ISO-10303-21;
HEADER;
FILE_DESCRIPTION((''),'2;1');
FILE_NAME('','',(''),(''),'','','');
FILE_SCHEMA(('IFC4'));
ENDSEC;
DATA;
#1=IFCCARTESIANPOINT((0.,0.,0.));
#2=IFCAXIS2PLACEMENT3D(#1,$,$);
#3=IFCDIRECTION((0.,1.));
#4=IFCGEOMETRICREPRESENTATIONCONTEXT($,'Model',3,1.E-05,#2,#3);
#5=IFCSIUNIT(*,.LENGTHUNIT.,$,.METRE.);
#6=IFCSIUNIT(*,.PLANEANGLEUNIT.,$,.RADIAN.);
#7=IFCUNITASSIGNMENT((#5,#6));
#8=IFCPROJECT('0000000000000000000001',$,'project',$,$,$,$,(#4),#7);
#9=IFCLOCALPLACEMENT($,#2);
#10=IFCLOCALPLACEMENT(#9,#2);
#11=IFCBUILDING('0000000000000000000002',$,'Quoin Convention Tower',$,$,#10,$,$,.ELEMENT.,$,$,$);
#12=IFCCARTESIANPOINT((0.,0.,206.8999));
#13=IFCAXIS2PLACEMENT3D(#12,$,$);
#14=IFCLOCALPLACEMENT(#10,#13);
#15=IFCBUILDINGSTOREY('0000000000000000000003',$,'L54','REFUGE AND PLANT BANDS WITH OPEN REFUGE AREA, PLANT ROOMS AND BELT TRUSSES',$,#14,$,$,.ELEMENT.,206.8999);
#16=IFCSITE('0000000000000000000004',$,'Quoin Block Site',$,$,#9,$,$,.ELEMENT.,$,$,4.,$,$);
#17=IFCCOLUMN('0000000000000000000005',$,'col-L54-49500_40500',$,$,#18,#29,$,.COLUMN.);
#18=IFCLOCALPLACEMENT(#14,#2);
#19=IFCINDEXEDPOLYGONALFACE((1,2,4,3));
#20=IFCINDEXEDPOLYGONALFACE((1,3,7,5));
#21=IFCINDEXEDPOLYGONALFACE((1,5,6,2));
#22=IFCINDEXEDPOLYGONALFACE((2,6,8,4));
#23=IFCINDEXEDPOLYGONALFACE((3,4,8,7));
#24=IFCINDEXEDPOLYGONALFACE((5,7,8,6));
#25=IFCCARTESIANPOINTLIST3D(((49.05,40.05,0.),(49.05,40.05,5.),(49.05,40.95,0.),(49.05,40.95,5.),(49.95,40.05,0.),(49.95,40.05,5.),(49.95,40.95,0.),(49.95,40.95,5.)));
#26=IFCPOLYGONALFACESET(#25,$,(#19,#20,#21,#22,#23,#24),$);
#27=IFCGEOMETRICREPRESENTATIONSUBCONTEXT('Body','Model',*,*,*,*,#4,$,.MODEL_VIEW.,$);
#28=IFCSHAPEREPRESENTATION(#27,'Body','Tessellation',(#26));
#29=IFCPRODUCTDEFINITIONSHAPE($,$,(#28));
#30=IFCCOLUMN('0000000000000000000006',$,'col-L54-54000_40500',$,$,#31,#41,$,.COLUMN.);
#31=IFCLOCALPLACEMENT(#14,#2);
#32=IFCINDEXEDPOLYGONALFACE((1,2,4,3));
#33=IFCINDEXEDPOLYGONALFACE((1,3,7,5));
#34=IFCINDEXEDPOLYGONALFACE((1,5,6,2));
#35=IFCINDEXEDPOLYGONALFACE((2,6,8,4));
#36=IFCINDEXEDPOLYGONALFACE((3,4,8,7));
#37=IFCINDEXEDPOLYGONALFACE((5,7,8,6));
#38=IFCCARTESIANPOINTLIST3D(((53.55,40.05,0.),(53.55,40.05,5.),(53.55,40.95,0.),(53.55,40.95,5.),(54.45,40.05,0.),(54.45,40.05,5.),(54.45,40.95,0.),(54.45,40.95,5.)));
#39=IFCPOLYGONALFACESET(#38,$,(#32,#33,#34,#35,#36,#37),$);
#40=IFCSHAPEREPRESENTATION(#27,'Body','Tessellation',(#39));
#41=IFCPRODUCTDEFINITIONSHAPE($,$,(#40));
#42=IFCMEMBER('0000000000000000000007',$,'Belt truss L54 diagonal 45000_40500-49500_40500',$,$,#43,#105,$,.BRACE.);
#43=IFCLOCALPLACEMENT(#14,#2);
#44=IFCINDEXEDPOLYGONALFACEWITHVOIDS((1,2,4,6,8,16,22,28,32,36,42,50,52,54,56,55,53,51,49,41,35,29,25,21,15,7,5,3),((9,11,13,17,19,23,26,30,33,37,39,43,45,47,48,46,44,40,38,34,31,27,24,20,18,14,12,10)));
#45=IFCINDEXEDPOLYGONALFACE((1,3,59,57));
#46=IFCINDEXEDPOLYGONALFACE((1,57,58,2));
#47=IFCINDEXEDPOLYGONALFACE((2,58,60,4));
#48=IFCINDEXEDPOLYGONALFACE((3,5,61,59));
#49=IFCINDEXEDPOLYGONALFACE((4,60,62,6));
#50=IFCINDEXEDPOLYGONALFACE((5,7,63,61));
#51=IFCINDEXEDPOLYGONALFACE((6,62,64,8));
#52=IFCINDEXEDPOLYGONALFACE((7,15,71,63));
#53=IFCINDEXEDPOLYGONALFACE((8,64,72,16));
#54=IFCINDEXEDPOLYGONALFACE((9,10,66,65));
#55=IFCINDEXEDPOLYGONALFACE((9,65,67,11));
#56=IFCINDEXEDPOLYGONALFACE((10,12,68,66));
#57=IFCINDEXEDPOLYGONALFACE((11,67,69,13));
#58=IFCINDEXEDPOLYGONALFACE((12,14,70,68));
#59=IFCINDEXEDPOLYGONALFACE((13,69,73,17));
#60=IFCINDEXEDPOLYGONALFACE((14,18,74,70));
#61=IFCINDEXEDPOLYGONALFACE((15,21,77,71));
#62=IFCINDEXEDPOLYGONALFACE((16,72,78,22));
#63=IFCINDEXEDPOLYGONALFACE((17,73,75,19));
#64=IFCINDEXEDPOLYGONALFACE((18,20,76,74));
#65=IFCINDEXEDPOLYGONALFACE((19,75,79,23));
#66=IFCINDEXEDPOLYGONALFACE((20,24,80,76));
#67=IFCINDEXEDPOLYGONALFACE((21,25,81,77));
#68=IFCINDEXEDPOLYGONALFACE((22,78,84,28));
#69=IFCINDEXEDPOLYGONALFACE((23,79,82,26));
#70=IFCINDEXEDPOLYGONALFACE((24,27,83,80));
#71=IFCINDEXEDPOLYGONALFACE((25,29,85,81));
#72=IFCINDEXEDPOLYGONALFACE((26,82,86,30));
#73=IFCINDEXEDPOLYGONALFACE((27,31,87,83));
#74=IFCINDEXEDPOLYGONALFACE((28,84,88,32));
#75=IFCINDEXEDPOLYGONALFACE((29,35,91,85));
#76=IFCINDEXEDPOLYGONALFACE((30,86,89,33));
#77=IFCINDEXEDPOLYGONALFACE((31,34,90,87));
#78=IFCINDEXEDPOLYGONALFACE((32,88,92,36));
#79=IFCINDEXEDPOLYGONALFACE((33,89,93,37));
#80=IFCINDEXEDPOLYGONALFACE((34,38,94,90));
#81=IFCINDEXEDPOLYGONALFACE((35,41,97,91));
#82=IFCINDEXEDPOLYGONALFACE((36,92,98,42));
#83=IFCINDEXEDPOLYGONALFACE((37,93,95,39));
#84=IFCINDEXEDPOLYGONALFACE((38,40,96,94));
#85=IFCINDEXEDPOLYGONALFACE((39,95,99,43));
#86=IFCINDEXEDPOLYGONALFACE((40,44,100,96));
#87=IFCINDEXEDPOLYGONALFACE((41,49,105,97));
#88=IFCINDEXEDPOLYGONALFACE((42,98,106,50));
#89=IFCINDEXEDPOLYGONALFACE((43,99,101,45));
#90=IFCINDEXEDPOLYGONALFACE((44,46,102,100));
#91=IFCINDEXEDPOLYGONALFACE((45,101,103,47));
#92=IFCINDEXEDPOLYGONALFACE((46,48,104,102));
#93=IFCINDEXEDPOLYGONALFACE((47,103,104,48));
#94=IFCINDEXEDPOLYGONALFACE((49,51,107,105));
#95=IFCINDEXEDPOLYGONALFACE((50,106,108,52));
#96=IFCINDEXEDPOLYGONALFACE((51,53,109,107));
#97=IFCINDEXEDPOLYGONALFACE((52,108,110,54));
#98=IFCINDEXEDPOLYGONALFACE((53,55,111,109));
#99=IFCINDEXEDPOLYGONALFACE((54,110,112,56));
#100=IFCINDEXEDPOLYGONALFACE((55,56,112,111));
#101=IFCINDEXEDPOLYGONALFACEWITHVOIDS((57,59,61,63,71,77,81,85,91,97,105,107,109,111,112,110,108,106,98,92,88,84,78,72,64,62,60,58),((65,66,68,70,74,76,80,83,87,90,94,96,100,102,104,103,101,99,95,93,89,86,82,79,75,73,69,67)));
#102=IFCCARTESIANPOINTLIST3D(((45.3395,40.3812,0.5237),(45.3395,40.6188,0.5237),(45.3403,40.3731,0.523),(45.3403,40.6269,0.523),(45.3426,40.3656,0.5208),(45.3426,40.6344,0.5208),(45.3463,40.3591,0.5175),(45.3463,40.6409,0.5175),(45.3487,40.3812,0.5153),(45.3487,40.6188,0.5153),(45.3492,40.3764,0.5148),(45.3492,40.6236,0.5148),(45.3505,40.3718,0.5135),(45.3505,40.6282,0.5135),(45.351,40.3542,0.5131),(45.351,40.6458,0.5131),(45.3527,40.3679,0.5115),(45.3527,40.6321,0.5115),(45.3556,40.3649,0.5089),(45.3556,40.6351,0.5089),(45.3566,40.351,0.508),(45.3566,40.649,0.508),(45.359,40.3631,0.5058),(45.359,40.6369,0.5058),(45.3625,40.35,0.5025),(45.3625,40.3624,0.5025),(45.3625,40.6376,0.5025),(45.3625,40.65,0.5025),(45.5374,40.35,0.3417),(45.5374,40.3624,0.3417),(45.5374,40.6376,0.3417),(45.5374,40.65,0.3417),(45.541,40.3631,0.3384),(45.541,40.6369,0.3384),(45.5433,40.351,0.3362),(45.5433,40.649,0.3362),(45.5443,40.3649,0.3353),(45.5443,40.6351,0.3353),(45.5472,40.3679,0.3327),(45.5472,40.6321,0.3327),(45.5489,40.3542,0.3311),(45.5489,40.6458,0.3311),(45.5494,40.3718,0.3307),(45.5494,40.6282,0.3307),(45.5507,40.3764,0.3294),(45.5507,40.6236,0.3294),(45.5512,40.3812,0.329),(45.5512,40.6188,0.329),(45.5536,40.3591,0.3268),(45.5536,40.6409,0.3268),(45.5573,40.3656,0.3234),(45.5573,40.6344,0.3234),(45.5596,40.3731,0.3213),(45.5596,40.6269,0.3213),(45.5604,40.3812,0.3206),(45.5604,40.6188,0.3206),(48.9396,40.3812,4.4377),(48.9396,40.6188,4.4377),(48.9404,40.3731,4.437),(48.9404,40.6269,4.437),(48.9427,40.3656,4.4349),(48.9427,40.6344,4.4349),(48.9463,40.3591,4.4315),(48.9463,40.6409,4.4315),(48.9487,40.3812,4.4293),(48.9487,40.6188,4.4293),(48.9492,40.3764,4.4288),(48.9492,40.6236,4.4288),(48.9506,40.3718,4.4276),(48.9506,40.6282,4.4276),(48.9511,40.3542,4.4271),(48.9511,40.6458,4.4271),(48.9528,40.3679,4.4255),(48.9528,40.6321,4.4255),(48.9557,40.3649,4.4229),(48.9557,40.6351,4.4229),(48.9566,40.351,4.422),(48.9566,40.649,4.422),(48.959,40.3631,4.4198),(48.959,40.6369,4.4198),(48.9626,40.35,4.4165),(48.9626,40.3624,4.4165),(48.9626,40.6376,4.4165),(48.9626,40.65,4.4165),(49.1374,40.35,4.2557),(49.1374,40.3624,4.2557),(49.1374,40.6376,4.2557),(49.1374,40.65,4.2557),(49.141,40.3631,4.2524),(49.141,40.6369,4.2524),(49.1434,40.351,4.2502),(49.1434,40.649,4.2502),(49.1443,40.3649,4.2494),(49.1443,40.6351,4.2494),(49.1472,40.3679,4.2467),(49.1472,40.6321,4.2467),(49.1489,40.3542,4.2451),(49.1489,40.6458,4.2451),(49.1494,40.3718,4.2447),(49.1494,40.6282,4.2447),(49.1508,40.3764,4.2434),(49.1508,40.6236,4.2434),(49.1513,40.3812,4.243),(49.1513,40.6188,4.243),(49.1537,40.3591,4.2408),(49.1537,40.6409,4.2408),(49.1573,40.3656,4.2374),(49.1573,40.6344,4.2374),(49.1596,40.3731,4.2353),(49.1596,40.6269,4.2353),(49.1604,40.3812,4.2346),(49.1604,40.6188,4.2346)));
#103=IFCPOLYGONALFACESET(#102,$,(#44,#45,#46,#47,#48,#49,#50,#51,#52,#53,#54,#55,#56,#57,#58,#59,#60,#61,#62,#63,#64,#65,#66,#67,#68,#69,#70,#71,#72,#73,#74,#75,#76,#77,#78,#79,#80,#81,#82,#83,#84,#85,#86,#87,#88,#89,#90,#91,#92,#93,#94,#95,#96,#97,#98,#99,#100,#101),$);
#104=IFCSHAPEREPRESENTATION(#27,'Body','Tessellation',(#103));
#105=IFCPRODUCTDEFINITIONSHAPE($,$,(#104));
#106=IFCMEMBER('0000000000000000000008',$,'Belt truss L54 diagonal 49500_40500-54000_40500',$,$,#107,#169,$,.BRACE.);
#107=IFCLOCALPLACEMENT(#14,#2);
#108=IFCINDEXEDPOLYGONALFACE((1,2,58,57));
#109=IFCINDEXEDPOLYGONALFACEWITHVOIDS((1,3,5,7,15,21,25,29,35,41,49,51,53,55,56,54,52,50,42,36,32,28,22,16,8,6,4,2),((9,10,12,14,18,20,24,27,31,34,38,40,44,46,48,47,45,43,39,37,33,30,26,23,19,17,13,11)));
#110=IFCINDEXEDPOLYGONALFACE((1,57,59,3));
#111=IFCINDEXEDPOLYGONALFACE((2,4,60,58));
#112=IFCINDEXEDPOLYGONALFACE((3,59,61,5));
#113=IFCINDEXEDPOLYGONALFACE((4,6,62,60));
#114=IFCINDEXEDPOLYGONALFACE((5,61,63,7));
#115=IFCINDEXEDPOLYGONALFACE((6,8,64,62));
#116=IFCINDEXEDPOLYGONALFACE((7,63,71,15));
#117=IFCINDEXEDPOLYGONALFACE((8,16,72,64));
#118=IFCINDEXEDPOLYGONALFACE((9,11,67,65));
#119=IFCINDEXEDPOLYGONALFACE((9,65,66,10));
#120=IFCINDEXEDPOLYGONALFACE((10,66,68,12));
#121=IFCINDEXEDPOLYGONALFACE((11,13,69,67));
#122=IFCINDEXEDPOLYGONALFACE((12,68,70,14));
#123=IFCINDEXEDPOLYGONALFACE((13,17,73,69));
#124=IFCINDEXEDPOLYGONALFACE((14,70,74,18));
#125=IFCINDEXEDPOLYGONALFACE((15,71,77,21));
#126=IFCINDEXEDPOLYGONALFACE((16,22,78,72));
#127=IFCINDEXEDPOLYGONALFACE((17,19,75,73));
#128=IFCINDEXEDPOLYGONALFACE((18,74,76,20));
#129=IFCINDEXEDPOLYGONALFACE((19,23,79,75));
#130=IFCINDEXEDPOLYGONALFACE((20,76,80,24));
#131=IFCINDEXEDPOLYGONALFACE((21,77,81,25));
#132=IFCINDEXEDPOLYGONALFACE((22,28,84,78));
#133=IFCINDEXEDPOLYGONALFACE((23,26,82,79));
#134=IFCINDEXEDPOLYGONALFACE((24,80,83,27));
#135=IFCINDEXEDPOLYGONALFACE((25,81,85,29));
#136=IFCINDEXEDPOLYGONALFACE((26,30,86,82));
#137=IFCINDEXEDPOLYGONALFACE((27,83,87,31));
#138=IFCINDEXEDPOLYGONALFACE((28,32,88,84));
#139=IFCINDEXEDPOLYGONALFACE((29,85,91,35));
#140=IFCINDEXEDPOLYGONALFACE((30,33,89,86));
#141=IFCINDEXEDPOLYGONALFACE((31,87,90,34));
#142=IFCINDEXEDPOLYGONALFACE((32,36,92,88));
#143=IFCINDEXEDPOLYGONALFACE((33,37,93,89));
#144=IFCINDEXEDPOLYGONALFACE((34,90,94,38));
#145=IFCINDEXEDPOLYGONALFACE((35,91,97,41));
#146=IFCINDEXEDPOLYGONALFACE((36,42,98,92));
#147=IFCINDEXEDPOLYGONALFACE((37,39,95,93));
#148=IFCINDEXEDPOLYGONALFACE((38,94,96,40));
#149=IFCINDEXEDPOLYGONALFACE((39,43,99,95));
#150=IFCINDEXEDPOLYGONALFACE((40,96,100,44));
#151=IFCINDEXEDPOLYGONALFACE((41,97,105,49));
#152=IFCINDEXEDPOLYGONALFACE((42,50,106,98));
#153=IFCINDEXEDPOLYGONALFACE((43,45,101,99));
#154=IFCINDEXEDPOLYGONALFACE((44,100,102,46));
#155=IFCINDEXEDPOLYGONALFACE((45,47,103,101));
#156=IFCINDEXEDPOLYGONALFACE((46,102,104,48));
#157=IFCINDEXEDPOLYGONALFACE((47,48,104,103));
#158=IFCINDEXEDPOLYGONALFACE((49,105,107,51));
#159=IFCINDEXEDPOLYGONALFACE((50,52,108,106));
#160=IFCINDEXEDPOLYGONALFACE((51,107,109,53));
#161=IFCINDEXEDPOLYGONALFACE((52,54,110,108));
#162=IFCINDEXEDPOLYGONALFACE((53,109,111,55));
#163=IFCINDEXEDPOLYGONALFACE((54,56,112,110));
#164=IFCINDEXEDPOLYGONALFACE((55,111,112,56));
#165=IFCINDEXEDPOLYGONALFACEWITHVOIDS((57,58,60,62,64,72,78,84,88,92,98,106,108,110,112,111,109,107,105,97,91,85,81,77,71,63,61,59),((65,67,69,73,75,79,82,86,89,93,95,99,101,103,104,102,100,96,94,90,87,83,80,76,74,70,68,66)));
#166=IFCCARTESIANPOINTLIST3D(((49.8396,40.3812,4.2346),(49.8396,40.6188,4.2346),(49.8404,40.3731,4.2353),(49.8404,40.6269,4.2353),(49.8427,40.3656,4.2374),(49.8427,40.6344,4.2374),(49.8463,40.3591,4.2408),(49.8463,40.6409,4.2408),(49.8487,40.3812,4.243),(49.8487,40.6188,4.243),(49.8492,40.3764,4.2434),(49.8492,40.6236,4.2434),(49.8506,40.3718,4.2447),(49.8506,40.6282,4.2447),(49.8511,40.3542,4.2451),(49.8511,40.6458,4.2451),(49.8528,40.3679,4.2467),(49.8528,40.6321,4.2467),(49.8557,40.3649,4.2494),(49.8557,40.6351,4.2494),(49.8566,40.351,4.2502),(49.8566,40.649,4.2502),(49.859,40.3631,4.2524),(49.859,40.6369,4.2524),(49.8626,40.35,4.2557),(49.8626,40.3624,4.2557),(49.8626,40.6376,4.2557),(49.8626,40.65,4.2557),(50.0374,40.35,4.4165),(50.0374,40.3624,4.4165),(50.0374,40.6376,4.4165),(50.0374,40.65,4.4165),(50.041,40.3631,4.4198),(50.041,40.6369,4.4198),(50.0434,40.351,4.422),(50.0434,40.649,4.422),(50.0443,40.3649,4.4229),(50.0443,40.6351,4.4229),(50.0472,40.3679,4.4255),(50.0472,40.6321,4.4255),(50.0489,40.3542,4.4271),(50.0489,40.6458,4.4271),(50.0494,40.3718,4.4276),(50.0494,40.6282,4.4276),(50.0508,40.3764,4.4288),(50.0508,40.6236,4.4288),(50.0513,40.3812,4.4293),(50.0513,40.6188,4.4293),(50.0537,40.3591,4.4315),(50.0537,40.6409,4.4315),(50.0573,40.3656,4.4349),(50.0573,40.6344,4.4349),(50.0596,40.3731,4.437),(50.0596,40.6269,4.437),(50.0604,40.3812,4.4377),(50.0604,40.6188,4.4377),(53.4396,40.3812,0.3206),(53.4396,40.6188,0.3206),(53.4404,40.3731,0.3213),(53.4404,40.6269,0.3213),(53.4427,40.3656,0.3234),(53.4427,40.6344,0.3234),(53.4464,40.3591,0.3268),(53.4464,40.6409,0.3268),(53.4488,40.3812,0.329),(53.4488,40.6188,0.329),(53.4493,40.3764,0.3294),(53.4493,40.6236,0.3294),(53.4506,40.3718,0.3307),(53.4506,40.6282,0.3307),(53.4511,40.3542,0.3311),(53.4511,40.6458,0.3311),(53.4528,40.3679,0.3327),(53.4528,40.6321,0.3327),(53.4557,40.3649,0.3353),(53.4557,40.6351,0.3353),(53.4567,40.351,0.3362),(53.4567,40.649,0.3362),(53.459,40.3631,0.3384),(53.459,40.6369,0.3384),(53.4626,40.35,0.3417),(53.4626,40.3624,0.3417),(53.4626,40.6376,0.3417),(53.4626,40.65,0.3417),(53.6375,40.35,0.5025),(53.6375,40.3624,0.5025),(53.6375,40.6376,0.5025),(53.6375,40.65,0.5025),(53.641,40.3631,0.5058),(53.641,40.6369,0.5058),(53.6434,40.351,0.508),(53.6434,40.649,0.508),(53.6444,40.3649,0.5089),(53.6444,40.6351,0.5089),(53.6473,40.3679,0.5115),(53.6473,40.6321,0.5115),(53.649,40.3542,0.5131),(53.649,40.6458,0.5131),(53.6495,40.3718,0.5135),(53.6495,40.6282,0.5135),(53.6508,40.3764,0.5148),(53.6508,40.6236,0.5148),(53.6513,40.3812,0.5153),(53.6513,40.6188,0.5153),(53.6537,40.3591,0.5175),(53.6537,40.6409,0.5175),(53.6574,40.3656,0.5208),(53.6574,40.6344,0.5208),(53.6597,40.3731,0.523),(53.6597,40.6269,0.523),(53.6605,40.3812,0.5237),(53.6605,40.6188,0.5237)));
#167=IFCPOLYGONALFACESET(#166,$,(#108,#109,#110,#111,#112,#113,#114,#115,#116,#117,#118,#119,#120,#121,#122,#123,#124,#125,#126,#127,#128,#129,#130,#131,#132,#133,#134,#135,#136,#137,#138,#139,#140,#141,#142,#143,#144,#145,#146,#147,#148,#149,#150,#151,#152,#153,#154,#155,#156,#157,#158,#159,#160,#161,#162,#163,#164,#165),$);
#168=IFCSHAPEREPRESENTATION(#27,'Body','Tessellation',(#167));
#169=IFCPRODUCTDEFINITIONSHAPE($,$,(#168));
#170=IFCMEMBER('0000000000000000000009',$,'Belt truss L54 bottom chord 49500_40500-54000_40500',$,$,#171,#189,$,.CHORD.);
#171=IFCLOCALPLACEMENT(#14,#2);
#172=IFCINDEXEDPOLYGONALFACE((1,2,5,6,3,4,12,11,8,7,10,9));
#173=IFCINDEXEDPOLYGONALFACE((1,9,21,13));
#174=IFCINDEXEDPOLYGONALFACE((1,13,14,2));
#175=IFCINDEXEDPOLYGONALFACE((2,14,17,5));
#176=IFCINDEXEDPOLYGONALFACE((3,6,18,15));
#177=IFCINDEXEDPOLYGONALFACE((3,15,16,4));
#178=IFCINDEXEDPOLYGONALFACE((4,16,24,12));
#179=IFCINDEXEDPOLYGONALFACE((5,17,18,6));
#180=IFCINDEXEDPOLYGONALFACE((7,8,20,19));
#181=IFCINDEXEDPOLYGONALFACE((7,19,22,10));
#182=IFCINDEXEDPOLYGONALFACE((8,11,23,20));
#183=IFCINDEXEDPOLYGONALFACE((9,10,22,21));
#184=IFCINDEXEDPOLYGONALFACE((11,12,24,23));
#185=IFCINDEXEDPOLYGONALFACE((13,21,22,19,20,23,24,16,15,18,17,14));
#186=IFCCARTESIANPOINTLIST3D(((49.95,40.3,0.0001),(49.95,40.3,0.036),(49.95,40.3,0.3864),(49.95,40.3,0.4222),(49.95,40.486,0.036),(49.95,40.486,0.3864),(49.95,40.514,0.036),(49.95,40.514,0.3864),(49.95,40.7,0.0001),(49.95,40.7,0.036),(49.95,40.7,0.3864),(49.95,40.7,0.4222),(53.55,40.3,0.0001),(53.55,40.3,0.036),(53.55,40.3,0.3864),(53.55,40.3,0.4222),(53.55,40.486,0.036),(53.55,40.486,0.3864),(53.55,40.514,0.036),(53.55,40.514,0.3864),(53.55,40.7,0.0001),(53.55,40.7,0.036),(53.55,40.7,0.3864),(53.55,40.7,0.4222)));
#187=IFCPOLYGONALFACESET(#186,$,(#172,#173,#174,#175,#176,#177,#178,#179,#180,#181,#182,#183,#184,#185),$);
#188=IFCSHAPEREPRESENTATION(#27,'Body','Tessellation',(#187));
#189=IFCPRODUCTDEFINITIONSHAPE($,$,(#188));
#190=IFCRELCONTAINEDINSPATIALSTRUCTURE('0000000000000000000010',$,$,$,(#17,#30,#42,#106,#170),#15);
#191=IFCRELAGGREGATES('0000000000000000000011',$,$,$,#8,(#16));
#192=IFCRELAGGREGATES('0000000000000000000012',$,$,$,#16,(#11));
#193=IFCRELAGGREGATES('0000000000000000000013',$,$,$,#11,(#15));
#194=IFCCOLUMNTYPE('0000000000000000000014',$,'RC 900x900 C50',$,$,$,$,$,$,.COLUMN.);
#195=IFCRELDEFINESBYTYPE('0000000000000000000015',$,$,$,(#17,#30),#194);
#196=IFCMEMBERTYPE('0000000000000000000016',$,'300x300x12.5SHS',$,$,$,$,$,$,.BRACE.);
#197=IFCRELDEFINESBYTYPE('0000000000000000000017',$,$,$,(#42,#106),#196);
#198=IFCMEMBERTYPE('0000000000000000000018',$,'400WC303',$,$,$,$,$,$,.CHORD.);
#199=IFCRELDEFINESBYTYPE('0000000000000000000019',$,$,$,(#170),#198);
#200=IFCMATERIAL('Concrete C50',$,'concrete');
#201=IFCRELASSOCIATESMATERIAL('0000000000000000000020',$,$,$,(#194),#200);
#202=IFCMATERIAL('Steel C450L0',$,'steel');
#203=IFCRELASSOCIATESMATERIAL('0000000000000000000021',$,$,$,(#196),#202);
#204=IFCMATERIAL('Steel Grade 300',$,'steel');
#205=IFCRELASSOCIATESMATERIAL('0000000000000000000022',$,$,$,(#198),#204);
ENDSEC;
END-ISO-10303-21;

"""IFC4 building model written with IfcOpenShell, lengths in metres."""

from ifc_helpers import new_model, si_unit, direction, frame, origin, origin_2d, place, context, subcontext, project, spatial, rectangle, hollow_rectangle, i_section, extrude, material, material_profile, profile_set, type_object, element, save


model = new_model("IFC4")

# Units and contexts
model_context = context("Model", 3, precision=1e-05, world=origin(), true_north=direction((0.0, 1.0)))
body_context = subcontext(model_context, "Body", "Model", "MODEL_VIEW")
ifc_project = project(units=[si_unit("LENGTHUNIT", "METRE"), si_unit("PLANEANGLEUNIT", "RADIAN")], contexts=[model_context])

# Site, building, storey
site_placement = place(None, origin())
site = spatial("IfcSite", under=ifc_project, at=site_placement, Name="Quoin Block Site", CompositionType="ELEMENT", RefElevation=4.0)
building_placement = place(site_placement, origin())
building = spatial("IfcBuilding", under=site, at=building_placement, Name="Quoin Convention Tower", CompositionType="ELEMENT")
storey_placement = place(building_placement, frame((0.0, 0.0, 206.8999)))
storey = spatial("IfcBuildingStorey", under=building, at=storey_placement, Name="L54", Description="REFUGE AND PLANT BANDS WITH OPEN REFUGE AREA, PLANT ROOMS AND BELT TRUSSES", CompositionType="ELEMENT", Elevation=206.8999)

# Columns
ifc_material_1 = material(Name="Concrete C50", Category="concrete")
ifc_material_profile_1 = material_profile(ifc_material_1, rectangle(XDim=0.8999, YDim=0.8999, at=origin_2d()), Name="RC 900x900")
ifc_profile_set_1 = profile_set([ifc_material_profile_1], Name="Concrete C50")
column_type = type_object("IfcColumnType", Name="RC 900x900 C50", PredefinedType="COLUMN", material=ifc_profile_set_1)
for number, where, z_axis, x_axis, name in (
    (1, (49.5, 40.5, 0.0), (0.0, 0.0, 1.0), (1.0, 0.0, 0.0), "col-L54-49500_40500"),
    (2, (54.0, 40.5, 0.0), (0.0, 0.0, 1.0), (1.0, 0.0, 0.0), "col-L54-54000_40500"),
):
    element("IfcColumn", number, at=place(storey_placement, frame(where, z_axis=z_axis, x_axis=x_axis)), inside=storey, type_object=column_type, Name=name, PredefinedType="COLUMN", context=body_context, shape_type="SweptSolid", body=[
        extrude(rectangle(XDim=0.8999, YDim=0.8999, at=origin_2d()), origin(), (0.0, 0.0, 1.0), 5.0),
    ])

# Members
ifc_material_2 = material(Name="Steel C450L0", Category="steel")
ifc_material_profile_2 = material_profile(ifc_material_2, hollow_rectangle(XDim=0.3, YDim=0.3, WallThickness=0.0125, InnerFilletRadius=0.0188, OuterFilletRadius=0.0312, at=origin_2d()), Name="300x300x12.5SHS")
ifc_profile_set_2 = profile_set([ifc_material_profile_2], Name="Steel C450L0")
member_type_1 = type_object("IfcMemberType", Name="300x300x12.5SHS", PredefinedType="BRACE", material=ifc_profile_set_2)
for number, where, z_axis, x_axis, name in (
    (3, (45.45, 40.5, 0.4221), (0.676971, 0.0, 0.73601), (0.0, 1.0, 0.0), "Belt truss L54 diagonal 45000_40500-49500_40500"),
    (4, (53.55, 40.5, 0.4221), (-0.676971, 0.0, 0.73601), (0.0, -1.0, 0.0), "Belt truss L54 diagonal 49500_40500-54000_40500"),
):
    element("IfcMember", number, at=place(storey_placement, frame(where, z_axis=z_axis, x_axis=x_axis)), inside=storey, type_object=member_type_1, Name=name, PredefinedType="BRACE", context=body_context, shape_type="SweptSolid", body=[
        extrude(hollow_rectangle(XDim=0.3, YDim=0.3, WallThickness=0.0125, InnerFilletRadius=0.0188, OuterFilletRadius=0.0312, at=origin_2d()), origin(), (0.0, 0.0, 1.0), 5.3179),
    ])
ifc_material_3 = material(Name="Steel Grade 300", Category="steel")
ifc_material_profile_3 = material_profile(ifc_material_3, i_section(OverallWidth=0.3999, OverallDepth=0.4221, WebThickness=0.0281, FlangeThickness=0.0359, at=origin_2d()), Name="400WC303")
ifc_profile_set_3 = profile_set([ifc_material_profile_3], Name="Steel Grade 300")
member_type_2 = type_object("IfcMemberType", Name="400WC303", PredefinedType="CHORD", material=ifc_profile_set_3)
member_placement = place(storey_placement, frame((49.95, 40.5, 0.2112), z_axis=(1.0, 0.0, 0.0), x_axis=(0.0, 1.0, 0.0)))
element("IfcMember", 5, at=member_placement, inside=storey, type_object=member_type_2, Name="Belt truss L54 bottom chord 49500_40500-54000_40500", PredefinedType="CHORD", context=body_context, shape_type="SweptSolid", body=[
    extrude(i_section(OverallWidth=0.3999, OverallDepth=0.4221, WebThickness=0.0281, FlangeThickness=0.0359, at=origin_2d()), origin(), (0.0, 0.0, 1.0), 3.6001),
])

save(model, "model.ifc")
